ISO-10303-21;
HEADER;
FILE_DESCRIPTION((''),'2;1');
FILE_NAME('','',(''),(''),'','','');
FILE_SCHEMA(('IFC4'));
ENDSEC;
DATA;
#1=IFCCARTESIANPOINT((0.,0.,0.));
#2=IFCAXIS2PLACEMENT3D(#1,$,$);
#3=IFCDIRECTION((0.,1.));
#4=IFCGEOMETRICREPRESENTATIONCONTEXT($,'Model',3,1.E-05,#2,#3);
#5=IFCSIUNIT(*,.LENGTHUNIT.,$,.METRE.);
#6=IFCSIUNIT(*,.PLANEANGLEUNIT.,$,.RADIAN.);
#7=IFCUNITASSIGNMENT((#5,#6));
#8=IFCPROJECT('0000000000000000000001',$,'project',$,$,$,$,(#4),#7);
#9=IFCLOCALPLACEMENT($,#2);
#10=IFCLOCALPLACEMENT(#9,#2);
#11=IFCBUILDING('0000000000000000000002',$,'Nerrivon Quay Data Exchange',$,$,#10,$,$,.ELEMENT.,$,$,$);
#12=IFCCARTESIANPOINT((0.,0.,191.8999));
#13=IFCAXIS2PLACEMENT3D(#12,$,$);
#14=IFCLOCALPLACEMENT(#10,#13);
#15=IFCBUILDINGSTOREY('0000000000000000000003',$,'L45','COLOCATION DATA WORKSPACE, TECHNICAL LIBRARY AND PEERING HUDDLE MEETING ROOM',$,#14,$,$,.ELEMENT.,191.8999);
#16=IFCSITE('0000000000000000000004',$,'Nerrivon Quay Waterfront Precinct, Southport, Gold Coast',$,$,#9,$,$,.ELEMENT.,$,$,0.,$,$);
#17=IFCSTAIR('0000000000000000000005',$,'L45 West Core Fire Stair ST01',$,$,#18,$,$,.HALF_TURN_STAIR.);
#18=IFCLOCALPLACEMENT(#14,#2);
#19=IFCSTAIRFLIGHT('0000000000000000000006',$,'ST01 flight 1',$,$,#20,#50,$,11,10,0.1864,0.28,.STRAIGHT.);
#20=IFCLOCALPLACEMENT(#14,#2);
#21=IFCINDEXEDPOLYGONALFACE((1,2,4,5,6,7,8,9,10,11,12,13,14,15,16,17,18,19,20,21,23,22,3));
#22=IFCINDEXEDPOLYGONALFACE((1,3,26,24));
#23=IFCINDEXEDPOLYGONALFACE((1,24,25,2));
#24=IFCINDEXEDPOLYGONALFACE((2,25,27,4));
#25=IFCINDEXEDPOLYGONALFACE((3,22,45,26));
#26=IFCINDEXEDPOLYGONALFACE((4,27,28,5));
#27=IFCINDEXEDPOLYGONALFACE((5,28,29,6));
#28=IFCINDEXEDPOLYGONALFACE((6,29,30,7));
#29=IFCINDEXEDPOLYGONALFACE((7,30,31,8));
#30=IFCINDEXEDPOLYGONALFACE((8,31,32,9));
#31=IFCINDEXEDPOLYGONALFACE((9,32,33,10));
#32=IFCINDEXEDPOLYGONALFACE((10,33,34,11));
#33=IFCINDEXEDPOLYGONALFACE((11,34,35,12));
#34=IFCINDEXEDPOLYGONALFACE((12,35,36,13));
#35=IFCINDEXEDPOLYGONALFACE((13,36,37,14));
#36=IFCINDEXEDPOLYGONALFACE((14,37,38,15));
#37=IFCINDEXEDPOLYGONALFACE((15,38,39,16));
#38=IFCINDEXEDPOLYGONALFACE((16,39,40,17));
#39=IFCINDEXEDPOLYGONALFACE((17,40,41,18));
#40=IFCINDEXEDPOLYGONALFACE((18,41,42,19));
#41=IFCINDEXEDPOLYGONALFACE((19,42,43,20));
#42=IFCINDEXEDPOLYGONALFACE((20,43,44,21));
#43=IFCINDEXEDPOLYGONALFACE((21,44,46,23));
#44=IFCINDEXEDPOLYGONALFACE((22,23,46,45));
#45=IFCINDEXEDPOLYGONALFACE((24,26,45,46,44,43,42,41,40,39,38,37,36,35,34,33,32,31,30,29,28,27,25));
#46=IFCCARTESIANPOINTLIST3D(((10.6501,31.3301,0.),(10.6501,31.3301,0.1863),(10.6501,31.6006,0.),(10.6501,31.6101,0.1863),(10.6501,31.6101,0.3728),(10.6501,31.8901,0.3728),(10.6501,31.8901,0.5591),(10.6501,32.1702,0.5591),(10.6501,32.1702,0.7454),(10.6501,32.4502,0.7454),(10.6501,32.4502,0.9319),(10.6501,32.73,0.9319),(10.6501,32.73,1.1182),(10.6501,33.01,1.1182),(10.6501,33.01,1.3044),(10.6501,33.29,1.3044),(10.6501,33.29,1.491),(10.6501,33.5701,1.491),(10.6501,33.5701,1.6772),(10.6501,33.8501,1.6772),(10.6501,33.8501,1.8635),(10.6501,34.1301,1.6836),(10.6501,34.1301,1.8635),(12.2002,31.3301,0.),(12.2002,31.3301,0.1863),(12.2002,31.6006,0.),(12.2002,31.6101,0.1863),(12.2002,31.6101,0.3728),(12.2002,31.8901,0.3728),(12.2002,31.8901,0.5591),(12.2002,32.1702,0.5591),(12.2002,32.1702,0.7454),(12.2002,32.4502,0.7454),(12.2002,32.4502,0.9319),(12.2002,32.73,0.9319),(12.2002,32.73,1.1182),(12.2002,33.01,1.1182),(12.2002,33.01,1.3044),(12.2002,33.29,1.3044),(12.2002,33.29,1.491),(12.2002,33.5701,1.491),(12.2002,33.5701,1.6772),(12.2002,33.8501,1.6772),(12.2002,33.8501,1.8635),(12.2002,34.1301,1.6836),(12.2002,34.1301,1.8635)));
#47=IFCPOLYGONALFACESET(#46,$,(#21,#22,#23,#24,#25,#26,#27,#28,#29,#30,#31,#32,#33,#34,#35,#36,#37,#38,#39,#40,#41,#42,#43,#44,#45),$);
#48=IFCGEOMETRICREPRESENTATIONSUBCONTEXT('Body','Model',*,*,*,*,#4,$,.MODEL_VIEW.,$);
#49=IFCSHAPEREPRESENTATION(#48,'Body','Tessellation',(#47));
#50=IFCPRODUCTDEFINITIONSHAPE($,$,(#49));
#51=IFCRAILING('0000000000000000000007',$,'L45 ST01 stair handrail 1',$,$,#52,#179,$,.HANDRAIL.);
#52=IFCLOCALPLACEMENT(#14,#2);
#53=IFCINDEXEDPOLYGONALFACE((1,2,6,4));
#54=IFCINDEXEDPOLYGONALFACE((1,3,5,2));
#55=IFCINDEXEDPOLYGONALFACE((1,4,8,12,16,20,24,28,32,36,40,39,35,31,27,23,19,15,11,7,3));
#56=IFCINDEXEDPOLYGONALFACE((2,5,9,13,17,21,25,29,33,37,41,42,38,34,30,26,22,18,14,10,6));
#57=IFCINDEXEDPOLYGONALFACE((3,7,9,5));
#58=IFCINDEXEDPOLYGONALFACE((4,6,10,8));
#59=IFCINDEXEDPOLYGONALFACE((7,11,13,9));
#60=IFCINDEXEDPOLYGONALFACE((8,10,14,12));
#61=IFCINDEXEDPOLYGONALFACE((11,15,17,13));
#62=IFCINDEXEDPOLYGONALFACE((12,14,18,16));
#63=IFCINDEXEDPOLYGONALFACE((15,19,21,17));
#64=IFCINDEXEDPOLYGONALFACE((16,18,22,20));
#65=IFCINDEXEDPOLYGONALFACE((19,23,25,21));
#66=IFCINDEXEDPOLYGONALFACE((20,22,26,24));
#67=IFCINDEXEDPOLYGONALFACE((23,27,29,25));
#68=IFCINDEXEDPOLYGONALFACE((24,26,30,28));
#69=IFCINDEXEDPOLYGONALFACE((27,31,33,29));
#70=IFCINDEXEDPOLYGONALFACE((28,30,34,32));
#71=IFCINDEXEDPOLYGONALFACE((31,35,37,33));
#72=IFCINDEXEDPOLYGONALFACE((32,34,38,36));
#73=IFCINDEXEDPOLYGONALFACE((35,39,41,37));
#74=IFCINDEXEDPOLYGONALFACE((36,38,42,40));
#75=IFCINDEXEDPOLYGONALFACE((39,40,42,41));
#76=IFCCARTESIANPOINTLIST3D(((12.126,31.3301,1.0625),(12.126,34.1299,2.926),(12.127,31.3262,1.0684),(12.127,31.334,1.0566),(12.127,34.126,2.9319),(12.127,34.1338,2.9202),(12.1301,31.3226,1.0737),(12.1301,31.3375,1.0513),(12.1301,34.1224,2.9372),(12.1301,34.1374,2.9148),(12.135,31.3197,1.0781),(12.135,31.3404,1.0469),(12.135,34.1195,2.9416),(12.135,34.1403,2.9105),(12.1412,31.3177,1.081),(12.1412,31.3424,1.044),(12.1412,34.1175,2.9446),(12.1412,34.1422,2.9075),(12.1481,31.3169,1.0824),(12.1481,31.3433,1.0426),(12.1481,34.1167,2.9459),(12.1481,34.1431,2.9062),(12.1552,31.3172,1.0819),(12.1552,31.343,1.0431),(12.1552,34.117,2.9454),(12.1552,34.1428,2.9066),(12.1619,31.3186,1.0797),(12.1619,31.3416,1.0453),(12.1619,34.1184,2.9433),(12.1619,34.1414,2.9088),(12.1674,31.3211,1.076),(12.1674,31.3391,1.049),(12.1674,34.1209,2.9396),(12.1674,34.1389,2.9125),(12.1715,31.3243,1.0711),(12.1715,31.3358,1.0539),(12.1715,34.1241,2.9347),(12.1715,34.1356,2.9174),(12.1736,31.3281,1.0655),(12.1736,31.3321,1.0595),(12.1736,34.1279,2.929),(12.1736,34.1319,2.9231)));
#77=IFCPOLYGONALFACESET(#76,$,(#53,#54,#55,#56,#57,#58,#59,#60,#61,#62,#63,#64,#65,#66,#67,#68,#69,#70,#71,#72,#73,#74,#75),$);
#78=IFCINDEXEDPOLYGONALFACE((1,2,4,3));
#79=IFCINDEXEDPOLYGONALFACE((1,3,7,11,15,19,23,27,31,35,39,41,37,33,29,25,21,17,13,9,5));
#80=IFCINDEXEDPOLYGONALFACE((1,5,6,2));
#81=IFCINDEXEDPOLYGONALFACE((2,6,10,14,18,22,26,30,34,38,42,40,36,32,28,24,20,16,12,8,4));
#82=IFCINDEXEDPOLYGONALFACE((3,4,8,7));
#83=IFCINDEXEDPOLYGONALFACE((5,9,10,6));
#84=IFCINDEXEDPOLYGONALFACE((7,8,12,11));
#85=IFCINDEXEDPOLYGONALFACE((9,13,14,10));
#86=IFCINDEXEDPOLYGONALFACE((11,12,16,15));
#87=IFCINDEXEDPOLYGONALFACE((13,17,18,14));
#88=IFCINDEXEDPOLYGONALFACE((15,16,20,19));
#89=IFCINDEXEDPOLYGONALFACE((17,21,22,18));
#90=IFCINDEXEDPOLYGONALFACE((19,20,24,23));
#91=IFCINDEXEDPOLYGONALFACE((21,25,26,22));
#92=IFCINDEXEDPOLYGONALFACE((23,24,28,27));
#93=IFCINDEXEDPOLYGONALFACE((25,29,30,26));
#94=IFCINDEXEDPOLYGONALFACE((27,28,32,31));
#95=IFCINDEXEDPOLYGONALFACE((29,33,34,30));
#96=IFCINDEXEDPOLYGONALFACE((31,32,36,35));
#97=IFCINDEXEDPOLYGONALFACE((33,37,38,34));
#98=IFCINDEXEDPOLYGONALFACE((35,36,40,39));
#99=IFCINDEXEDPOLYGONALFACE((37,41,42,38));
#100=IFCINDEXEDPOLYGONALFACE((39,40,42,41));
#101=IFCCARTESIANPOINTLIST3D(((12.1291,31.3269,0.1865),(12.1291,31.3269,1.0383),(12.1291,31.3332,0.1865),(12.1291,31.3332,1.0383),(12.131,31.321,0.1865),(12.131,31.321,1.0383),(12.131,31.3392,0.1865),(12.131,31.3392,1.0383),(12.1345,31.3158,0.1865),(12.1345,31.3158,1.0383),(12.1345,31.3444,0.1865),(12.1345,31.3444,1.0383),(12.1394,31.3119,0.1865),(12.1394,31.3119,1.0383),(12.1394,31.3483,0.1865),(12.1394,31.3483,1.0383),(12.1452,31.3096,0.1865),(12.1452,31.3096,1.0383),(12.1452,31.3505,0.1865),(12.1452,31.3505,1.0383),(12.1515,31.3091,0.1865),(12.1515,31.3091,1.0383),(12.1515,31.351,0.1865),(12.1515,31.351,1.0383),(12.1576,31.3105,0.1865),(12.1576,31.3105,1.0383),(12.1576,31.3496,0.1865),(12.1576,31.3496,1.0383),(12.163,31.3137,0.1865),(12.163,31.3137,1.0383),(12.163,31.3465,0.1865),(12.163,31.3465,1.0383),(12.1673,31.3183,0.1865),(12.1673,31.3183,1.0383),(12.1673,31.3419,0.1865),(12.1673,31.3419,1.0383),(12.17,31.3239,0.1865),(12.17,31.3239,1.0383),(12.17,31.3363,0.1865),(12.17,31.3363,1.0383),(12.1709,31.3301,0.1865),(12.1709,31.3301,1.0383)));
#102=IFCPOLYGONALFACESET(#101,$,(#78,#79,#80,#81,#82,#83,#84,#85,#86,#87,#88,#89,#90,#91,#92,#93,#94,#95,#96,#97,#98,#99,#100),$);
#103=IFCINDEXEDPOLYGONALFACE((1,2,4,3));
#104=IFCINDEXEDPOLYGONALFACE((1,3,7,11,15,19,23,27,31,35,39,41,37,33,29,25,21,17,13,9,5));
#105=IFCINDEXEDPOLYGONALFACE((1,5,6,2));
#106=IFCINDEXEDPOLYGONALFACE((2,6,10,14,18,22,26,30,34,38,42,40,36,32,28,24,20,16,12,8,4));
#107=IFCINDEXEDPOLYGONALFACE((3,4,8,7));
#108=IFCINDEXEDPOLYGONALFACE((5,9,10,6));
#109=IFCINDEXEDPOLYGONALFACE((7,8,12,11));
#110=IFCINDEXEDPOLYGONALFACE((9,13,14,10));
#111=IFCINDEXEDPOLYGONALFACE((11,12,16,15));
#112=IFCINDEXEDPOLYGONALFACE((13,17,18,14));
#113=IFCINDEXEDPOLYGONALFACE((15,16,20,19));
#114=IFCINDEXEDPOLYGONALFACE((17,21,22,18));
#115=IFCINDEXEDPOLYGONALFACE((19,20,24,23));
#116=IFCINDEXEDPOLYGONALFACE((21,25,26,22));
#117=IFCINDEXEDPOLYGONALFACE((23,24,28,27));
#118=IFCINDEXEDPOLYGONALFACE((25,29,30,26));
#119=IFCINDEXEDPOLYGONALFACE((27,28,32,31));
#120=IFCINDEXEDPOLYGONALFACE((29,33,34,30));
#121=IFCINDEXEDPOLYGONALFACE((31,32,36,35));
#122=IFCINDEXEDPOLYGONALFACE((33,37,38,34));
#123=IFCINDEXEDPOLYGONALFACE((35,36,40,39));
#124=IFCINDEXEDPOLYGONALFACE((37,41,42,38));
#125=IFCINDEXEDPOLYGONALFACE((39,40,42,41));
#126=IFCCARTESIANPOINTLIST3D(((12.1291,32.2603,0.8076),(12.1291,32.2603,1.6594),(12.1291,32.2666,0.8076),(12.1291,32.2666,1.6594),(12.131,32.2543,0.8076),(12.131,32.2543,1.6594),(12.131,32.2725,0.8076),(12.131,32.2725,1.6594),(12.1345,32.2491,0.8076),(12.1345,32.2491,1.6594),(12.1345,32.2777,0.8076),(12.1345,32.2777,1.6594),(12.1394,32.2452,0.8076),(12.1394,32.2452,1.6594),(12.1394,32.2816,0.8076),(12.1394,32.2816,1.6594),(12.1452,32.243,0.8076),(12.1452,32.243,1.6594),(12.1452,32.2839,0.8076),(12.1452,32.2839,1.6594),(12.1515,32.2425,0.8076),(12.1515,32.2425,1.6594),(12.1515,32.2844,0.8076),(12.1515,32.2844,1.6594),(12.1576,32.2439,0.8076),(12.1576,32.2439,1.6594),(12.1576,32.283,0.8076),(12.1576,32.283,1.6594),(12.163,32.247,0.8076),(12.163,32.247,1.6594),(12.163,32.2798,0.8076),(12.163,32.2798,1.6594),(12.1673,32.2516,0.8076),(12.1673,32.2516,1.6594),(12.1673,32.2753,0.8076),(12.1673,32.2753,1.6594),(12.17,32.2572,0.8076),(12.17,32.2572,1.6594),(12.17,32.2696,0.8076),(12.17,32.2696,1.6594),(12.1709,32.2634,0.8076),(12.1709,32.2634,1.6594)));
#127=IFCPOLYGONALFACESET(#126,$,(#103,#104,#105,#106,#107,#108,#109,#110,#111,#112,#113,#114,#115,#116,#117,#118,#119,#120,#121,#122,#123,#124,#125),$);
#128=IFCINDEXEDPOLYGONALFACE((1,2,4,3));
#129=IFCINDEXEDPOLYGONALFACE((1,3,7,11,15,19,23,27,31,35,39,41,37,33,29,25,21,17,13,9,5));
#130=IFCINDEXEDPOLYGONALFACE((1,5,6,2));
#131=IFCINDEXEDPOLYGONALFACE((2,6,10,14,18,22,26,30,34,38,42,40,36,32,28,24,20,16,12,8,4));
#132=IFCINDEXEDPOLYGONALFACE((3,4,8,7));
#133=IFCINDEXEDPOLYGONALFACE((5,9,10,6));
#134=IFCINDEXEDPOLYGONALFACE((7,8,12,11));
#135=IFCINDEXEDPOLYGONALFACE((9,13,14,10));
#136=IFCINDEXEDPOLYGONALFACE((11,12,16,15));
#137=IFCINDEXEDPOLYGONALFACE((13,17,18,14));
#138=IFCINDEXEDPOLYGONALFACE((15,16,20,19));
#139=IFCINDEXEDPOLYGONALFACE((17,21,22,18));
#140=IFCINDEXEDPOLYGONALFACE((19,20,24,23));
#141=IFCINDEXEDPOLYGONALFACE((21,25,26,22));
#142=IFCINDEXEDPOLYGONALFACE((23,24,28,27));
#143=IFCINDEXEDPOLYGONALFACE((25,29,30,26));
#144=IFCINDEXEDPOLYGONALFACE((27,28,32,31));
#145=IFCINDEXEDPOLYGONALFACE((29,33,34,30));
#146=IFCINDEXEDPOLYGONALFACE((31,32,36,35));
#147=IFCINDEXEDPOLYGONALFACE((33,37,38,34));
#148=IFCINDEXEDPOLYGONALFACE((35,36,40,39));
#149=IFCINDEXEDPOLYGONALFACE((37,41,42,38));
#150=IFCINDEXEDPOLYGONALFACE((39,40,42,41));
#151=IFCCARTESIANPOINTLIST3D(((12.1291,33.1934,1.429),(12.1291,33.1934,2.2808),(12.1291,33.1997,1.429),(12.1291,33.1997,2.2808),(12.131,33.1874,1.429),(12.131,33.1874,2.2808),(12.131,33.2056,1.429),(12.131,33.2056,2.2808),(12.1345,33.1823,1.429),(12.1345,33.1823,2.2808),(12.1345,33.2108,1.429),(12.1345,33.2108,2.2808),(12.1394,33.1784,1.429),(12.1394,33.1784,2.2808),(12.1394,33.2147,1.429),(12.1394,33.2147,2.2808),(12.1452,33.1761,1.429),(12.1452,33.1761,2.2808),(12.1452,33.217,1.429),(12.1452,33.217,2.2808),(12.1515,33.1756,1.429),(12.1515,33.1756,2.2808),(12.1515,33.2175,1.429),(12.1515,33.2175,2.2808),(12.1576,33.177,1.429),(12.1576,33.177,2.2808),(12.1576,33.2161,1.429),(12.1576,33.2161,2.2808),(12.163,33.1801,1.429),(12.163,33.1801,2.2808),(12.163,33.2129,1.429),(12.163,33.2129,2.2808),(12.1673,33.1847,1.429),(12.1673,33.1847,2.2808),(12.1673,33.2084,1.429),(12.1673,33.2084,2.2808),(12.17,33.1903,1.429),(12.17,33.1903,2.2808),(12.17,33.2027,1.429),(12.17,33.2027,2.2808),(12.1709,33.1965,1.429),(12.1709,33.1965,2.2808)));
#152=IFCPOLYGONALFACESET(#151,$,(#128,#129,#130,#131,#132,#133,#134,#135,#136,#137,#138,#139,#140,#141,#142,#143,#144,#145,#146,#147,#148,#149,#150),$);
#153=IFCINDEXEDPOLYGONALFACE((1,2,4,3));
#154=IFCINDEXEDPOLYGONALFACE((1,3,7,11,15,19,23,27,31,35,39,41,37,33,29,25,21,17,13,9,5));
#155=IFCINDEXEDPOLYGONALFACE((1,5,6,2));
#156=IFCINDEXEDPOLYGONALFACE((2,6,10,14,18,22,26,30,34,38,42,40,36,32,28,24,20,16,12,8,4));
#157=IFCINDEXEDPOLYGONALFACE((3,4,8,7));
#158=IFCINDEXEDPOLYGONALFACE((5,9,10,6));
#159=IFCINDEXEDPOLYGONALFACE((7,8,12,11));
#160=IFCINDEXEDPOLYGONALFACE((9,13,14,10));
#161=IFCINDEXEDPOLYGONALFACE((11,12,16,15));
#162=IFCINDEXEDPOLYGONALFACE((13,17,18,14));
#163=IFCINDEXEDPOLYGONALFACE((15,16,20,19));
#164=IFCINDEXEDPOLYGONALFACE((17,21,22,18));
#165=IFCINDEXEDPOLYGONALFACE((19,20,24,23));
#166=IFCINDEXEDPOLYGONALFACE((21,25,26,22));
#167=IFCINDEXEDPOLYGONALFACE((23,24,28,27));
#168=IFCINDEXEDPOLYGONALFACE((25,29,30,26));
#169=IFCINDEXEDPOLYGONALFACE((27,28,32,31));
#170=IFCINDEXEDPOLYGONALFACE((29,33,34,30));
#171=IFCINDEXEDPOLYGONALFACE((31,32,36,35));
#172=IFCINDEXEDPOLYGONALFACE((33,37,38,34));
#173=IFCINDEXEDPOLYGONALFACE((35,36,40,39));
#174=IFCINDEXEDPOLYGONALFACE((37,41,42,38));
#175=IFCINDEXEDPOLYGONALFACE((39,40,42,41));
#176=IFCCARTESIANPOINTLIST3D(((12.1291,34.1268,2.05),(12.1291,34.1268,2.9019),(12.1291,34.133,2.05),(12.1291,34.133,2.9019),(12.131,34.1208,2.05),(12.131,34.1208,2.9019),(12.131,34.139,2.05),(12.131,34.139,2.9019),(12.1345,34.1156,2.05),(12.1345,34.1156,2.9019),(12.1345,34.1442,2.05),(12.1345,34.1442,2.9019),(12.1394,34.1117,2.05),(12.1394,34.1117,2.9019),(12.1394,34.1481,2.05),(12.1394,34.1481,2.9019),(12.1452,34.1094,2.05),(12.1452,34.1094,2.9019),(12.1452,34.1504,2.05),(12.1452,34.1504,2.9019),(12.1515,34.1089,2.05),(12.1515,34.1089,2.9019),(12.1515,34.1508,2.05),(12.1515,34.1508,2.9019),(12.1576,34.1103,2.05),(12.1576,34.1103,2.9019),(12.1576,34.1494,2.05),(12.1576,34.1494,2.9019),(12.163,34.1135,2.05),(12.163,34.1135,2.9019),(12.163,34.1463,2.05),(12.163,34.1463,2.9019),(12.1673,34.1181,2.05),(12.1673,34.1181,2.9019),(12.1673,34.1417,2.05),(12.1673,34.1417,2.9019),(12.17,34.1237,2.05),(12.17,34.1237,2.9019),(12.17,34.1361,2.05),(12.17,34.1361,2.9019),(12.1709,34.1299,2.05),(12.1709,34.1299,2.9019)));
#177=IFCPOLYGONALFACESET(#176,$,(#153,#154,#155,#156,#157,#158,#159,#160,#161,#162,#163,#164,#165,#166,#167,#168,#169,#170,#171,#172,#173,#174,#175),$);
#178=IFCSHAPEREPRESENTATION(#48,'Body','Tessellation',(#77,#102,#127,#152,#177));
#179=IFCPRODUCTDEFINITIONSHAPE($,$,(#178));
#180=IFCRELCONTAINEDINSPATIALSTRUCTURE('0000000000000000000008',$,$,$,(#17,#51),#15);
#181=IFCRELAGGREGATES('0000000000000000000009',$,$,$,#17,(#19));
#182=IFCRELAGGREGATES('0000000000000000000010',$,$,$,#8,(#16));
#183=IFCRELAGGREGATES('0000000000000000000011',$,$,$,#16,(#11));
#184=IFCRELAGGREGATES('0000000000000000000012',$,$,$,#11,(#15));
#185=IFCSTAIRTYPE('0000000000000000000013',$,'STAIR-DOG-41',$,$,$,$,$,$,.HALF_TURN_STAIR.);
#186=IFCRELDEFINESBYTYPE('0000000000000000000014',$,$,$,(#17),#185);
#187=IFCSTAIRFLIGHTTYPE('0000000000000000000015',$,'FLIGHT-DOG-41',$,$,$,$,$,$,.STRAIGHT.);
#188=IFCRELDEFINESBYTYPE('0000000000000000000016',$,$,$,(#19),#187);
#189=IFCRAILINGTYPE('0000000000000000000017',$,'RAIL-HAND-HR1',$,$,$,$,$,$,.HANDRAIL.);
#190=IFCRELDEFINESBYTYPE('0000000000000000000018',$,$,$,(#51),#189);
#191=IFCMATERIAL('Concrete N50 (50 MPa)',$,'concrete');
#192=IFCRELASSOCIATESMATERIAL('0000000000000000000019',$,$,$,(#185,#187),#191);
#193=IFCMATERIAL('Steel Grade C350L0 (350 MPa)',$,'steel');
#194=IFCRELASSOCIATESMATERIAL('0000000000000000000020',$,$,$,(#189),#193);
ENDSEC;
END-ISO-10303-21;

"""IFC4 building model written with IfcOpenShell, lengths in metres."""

from ifc_helpers import new_model, si_unit, direction, frame, origin, origin_2d, place, context, subcontext, project, spatial, polyline, circle, outline, extrude, material, type_object, element, aggregate, save


model = new_model("IFC4")

# Units and contexts
model_context = context("Model", 3, precision=1e-05, world=origin(), true_north=direction((0.0, 1.0)))
body_context = subcontext(model_context, "Body", "Model", "MODEL_VIEW")
ifc_project = project(units=[si_unit("LENGTHUNIT", "METRE"), si_unit("PLANEANGLEUNIT", "RADIAN")], contexts=[model_context])

# Site, building, storey
site_placement = place(None, origin())
site = spatial("IfcSite", under=ifc_project, at=site_placement, Name="Nerrivon Quay Waterfront Precinct, Southport, Gold Coast", CompositionType="ELEMENT", RefElevation=0.0)
building_placement = place(site_placement, origin())
building = spatial("IfcBuilding", under=site, at=building_placement, Name="Nerrivon Quay Data Exchange", CompositionType="ELEMENT")
storey_placement = place(building_placement, frame((0.0, 0.0, 191.8999)))
storey = spatial("IfcBuildingStorey", under=building, at=storey_placement, Name="L45", Description="COLOCATION DATA WORKSPACE, TECHNICAL LIBRARY AND PEERING HUDDLE MEETING ROOM", CompositionType="ELEMENT", Elevation=191.8999)

# Shared definitions
ifc_material_1 = material(Name="Concrete N50 (50 MPa)", Category="concrete")

# Stair, stair flight
stair_type = type_object("IfcStairType", Name="STAIR-DOG-41", PredefinedType="HALF_TURN_STAIR", material=ifc_material_1)
stair_placement = place(storey_placement, origin())
stair = element("IfcStair", 1, at=stair_placement, inside=storey, type_object=stair_type, Name="L45 West Core Fire Stair ST01", PredefinedType="HALF_TURN_STAIR")
stair_flight_type = type_object("IfcStairFlightType", Name="FLIGHT-DOG-41", PredefinedType="STRAIGHT", material=ifc_material_1)
stair_flight_placement = place(storey_placement, frame((11.425, 31.3301, 0.0), z_axis=(0.0, 0.0, 1.0), x_axis=(0.0, 1.0, 0.0)))
stair_flight = element("IfcStairFlight", 2, at=stair_flight_placement, type_object=stair_flight_type, Name="ST01 flight 1", NumberOfRisers=11, NumberOfTreads=10, PredefinedType="STRAIGHT", RiserHeight=0.1864, TreadLength=0.28, context=body_context, shape_type="SweptSolid", body=[
    extrude(outline(polyline([(0.0, 0.0), (0.0, 0.1863), (0.28, 0.1863), (0.28, 0.3728), (0.5601, 0.3728), (0.5601, 0.5591), (0.8401, 0.5591), (0.8401, 0.7454), (1.1201, 0.7454), (1.1201, 0.9319), (1.3999, 0.9319), (1.3999, 1.1182), (1.6799, 1.1182), (1.6799, 1.3044), (1.96, 1.3044), (1.96, 1.491), (2.24, 1.491), (2.24, 1.6772), (2.52, 1.6772), (2.52, 1.8635), (2.8, 1.8635), (2.8, 2.05), (2.8, 1.6836), (0.2705, 0.0), (0.0, 0.0)])), frame((0.0, 0.7749, 0.0), z_axis=(0.0, -1.0, 0.0), x_axis=(1.0, 0.0, 0.0)), (0.0, 0.0, 1.0), 1.55),
])
aggregate(stair, [stair_flight])

# Railing
ifc_material_2 = material(Name="Steel Grade C350L0 (350 MPa)", Category="steel")
railing_type_1 = type_object("IfcRailingType", Name="RAIL-HAND-HR1", PredefinedType="HANDRAIL", material=ifc_material_2)
railing_1_placement = place(storey_placement, frame((12.1499, 31.3301, 0.1865)))
element("IfcRailing", 3, at=railing_1_placement, inside=storey, type_object=railing_type_1, Name="L45 ST01 stair handrail 1", PredefinedType="HANDRAIL", context=body_context, shape_type="SweptSolid", body=[
    extrude(circle(Radius=0.0239, at=origin_2d()), frame((0.0, 0.0, 0.876), z_axis=(0.0, 0.832463, 0.55408), x_axis=(-1.0, 0.0, 0.0)), (0.0, 0.0, 1.0), 3.3633),
    extrude(circle(Radius=0.021, at=origin_2d()), origin(), (0.0, 0.0, 1.0), 0.8518),
    extrude(circle(Radius=0.021, at=origin_2d()), frame((0.0, 0.9333, 0.6211)), (0.0, 0.0, 1.0), 0.8518),
    extrude(circle(Radius=0.021, at=origin_2d()), frame((0.0, 1.8665, 1.2424)), (0.0, 0.0, 1.0), 0.8518),
    extrude(circle(Radius=0.021, at=origin_2d()), frame((0.0, 2.7998, 1.8635)), (0.0, 0.0, 1.0), 0.8518),
])

save(model, "model.ifc")
